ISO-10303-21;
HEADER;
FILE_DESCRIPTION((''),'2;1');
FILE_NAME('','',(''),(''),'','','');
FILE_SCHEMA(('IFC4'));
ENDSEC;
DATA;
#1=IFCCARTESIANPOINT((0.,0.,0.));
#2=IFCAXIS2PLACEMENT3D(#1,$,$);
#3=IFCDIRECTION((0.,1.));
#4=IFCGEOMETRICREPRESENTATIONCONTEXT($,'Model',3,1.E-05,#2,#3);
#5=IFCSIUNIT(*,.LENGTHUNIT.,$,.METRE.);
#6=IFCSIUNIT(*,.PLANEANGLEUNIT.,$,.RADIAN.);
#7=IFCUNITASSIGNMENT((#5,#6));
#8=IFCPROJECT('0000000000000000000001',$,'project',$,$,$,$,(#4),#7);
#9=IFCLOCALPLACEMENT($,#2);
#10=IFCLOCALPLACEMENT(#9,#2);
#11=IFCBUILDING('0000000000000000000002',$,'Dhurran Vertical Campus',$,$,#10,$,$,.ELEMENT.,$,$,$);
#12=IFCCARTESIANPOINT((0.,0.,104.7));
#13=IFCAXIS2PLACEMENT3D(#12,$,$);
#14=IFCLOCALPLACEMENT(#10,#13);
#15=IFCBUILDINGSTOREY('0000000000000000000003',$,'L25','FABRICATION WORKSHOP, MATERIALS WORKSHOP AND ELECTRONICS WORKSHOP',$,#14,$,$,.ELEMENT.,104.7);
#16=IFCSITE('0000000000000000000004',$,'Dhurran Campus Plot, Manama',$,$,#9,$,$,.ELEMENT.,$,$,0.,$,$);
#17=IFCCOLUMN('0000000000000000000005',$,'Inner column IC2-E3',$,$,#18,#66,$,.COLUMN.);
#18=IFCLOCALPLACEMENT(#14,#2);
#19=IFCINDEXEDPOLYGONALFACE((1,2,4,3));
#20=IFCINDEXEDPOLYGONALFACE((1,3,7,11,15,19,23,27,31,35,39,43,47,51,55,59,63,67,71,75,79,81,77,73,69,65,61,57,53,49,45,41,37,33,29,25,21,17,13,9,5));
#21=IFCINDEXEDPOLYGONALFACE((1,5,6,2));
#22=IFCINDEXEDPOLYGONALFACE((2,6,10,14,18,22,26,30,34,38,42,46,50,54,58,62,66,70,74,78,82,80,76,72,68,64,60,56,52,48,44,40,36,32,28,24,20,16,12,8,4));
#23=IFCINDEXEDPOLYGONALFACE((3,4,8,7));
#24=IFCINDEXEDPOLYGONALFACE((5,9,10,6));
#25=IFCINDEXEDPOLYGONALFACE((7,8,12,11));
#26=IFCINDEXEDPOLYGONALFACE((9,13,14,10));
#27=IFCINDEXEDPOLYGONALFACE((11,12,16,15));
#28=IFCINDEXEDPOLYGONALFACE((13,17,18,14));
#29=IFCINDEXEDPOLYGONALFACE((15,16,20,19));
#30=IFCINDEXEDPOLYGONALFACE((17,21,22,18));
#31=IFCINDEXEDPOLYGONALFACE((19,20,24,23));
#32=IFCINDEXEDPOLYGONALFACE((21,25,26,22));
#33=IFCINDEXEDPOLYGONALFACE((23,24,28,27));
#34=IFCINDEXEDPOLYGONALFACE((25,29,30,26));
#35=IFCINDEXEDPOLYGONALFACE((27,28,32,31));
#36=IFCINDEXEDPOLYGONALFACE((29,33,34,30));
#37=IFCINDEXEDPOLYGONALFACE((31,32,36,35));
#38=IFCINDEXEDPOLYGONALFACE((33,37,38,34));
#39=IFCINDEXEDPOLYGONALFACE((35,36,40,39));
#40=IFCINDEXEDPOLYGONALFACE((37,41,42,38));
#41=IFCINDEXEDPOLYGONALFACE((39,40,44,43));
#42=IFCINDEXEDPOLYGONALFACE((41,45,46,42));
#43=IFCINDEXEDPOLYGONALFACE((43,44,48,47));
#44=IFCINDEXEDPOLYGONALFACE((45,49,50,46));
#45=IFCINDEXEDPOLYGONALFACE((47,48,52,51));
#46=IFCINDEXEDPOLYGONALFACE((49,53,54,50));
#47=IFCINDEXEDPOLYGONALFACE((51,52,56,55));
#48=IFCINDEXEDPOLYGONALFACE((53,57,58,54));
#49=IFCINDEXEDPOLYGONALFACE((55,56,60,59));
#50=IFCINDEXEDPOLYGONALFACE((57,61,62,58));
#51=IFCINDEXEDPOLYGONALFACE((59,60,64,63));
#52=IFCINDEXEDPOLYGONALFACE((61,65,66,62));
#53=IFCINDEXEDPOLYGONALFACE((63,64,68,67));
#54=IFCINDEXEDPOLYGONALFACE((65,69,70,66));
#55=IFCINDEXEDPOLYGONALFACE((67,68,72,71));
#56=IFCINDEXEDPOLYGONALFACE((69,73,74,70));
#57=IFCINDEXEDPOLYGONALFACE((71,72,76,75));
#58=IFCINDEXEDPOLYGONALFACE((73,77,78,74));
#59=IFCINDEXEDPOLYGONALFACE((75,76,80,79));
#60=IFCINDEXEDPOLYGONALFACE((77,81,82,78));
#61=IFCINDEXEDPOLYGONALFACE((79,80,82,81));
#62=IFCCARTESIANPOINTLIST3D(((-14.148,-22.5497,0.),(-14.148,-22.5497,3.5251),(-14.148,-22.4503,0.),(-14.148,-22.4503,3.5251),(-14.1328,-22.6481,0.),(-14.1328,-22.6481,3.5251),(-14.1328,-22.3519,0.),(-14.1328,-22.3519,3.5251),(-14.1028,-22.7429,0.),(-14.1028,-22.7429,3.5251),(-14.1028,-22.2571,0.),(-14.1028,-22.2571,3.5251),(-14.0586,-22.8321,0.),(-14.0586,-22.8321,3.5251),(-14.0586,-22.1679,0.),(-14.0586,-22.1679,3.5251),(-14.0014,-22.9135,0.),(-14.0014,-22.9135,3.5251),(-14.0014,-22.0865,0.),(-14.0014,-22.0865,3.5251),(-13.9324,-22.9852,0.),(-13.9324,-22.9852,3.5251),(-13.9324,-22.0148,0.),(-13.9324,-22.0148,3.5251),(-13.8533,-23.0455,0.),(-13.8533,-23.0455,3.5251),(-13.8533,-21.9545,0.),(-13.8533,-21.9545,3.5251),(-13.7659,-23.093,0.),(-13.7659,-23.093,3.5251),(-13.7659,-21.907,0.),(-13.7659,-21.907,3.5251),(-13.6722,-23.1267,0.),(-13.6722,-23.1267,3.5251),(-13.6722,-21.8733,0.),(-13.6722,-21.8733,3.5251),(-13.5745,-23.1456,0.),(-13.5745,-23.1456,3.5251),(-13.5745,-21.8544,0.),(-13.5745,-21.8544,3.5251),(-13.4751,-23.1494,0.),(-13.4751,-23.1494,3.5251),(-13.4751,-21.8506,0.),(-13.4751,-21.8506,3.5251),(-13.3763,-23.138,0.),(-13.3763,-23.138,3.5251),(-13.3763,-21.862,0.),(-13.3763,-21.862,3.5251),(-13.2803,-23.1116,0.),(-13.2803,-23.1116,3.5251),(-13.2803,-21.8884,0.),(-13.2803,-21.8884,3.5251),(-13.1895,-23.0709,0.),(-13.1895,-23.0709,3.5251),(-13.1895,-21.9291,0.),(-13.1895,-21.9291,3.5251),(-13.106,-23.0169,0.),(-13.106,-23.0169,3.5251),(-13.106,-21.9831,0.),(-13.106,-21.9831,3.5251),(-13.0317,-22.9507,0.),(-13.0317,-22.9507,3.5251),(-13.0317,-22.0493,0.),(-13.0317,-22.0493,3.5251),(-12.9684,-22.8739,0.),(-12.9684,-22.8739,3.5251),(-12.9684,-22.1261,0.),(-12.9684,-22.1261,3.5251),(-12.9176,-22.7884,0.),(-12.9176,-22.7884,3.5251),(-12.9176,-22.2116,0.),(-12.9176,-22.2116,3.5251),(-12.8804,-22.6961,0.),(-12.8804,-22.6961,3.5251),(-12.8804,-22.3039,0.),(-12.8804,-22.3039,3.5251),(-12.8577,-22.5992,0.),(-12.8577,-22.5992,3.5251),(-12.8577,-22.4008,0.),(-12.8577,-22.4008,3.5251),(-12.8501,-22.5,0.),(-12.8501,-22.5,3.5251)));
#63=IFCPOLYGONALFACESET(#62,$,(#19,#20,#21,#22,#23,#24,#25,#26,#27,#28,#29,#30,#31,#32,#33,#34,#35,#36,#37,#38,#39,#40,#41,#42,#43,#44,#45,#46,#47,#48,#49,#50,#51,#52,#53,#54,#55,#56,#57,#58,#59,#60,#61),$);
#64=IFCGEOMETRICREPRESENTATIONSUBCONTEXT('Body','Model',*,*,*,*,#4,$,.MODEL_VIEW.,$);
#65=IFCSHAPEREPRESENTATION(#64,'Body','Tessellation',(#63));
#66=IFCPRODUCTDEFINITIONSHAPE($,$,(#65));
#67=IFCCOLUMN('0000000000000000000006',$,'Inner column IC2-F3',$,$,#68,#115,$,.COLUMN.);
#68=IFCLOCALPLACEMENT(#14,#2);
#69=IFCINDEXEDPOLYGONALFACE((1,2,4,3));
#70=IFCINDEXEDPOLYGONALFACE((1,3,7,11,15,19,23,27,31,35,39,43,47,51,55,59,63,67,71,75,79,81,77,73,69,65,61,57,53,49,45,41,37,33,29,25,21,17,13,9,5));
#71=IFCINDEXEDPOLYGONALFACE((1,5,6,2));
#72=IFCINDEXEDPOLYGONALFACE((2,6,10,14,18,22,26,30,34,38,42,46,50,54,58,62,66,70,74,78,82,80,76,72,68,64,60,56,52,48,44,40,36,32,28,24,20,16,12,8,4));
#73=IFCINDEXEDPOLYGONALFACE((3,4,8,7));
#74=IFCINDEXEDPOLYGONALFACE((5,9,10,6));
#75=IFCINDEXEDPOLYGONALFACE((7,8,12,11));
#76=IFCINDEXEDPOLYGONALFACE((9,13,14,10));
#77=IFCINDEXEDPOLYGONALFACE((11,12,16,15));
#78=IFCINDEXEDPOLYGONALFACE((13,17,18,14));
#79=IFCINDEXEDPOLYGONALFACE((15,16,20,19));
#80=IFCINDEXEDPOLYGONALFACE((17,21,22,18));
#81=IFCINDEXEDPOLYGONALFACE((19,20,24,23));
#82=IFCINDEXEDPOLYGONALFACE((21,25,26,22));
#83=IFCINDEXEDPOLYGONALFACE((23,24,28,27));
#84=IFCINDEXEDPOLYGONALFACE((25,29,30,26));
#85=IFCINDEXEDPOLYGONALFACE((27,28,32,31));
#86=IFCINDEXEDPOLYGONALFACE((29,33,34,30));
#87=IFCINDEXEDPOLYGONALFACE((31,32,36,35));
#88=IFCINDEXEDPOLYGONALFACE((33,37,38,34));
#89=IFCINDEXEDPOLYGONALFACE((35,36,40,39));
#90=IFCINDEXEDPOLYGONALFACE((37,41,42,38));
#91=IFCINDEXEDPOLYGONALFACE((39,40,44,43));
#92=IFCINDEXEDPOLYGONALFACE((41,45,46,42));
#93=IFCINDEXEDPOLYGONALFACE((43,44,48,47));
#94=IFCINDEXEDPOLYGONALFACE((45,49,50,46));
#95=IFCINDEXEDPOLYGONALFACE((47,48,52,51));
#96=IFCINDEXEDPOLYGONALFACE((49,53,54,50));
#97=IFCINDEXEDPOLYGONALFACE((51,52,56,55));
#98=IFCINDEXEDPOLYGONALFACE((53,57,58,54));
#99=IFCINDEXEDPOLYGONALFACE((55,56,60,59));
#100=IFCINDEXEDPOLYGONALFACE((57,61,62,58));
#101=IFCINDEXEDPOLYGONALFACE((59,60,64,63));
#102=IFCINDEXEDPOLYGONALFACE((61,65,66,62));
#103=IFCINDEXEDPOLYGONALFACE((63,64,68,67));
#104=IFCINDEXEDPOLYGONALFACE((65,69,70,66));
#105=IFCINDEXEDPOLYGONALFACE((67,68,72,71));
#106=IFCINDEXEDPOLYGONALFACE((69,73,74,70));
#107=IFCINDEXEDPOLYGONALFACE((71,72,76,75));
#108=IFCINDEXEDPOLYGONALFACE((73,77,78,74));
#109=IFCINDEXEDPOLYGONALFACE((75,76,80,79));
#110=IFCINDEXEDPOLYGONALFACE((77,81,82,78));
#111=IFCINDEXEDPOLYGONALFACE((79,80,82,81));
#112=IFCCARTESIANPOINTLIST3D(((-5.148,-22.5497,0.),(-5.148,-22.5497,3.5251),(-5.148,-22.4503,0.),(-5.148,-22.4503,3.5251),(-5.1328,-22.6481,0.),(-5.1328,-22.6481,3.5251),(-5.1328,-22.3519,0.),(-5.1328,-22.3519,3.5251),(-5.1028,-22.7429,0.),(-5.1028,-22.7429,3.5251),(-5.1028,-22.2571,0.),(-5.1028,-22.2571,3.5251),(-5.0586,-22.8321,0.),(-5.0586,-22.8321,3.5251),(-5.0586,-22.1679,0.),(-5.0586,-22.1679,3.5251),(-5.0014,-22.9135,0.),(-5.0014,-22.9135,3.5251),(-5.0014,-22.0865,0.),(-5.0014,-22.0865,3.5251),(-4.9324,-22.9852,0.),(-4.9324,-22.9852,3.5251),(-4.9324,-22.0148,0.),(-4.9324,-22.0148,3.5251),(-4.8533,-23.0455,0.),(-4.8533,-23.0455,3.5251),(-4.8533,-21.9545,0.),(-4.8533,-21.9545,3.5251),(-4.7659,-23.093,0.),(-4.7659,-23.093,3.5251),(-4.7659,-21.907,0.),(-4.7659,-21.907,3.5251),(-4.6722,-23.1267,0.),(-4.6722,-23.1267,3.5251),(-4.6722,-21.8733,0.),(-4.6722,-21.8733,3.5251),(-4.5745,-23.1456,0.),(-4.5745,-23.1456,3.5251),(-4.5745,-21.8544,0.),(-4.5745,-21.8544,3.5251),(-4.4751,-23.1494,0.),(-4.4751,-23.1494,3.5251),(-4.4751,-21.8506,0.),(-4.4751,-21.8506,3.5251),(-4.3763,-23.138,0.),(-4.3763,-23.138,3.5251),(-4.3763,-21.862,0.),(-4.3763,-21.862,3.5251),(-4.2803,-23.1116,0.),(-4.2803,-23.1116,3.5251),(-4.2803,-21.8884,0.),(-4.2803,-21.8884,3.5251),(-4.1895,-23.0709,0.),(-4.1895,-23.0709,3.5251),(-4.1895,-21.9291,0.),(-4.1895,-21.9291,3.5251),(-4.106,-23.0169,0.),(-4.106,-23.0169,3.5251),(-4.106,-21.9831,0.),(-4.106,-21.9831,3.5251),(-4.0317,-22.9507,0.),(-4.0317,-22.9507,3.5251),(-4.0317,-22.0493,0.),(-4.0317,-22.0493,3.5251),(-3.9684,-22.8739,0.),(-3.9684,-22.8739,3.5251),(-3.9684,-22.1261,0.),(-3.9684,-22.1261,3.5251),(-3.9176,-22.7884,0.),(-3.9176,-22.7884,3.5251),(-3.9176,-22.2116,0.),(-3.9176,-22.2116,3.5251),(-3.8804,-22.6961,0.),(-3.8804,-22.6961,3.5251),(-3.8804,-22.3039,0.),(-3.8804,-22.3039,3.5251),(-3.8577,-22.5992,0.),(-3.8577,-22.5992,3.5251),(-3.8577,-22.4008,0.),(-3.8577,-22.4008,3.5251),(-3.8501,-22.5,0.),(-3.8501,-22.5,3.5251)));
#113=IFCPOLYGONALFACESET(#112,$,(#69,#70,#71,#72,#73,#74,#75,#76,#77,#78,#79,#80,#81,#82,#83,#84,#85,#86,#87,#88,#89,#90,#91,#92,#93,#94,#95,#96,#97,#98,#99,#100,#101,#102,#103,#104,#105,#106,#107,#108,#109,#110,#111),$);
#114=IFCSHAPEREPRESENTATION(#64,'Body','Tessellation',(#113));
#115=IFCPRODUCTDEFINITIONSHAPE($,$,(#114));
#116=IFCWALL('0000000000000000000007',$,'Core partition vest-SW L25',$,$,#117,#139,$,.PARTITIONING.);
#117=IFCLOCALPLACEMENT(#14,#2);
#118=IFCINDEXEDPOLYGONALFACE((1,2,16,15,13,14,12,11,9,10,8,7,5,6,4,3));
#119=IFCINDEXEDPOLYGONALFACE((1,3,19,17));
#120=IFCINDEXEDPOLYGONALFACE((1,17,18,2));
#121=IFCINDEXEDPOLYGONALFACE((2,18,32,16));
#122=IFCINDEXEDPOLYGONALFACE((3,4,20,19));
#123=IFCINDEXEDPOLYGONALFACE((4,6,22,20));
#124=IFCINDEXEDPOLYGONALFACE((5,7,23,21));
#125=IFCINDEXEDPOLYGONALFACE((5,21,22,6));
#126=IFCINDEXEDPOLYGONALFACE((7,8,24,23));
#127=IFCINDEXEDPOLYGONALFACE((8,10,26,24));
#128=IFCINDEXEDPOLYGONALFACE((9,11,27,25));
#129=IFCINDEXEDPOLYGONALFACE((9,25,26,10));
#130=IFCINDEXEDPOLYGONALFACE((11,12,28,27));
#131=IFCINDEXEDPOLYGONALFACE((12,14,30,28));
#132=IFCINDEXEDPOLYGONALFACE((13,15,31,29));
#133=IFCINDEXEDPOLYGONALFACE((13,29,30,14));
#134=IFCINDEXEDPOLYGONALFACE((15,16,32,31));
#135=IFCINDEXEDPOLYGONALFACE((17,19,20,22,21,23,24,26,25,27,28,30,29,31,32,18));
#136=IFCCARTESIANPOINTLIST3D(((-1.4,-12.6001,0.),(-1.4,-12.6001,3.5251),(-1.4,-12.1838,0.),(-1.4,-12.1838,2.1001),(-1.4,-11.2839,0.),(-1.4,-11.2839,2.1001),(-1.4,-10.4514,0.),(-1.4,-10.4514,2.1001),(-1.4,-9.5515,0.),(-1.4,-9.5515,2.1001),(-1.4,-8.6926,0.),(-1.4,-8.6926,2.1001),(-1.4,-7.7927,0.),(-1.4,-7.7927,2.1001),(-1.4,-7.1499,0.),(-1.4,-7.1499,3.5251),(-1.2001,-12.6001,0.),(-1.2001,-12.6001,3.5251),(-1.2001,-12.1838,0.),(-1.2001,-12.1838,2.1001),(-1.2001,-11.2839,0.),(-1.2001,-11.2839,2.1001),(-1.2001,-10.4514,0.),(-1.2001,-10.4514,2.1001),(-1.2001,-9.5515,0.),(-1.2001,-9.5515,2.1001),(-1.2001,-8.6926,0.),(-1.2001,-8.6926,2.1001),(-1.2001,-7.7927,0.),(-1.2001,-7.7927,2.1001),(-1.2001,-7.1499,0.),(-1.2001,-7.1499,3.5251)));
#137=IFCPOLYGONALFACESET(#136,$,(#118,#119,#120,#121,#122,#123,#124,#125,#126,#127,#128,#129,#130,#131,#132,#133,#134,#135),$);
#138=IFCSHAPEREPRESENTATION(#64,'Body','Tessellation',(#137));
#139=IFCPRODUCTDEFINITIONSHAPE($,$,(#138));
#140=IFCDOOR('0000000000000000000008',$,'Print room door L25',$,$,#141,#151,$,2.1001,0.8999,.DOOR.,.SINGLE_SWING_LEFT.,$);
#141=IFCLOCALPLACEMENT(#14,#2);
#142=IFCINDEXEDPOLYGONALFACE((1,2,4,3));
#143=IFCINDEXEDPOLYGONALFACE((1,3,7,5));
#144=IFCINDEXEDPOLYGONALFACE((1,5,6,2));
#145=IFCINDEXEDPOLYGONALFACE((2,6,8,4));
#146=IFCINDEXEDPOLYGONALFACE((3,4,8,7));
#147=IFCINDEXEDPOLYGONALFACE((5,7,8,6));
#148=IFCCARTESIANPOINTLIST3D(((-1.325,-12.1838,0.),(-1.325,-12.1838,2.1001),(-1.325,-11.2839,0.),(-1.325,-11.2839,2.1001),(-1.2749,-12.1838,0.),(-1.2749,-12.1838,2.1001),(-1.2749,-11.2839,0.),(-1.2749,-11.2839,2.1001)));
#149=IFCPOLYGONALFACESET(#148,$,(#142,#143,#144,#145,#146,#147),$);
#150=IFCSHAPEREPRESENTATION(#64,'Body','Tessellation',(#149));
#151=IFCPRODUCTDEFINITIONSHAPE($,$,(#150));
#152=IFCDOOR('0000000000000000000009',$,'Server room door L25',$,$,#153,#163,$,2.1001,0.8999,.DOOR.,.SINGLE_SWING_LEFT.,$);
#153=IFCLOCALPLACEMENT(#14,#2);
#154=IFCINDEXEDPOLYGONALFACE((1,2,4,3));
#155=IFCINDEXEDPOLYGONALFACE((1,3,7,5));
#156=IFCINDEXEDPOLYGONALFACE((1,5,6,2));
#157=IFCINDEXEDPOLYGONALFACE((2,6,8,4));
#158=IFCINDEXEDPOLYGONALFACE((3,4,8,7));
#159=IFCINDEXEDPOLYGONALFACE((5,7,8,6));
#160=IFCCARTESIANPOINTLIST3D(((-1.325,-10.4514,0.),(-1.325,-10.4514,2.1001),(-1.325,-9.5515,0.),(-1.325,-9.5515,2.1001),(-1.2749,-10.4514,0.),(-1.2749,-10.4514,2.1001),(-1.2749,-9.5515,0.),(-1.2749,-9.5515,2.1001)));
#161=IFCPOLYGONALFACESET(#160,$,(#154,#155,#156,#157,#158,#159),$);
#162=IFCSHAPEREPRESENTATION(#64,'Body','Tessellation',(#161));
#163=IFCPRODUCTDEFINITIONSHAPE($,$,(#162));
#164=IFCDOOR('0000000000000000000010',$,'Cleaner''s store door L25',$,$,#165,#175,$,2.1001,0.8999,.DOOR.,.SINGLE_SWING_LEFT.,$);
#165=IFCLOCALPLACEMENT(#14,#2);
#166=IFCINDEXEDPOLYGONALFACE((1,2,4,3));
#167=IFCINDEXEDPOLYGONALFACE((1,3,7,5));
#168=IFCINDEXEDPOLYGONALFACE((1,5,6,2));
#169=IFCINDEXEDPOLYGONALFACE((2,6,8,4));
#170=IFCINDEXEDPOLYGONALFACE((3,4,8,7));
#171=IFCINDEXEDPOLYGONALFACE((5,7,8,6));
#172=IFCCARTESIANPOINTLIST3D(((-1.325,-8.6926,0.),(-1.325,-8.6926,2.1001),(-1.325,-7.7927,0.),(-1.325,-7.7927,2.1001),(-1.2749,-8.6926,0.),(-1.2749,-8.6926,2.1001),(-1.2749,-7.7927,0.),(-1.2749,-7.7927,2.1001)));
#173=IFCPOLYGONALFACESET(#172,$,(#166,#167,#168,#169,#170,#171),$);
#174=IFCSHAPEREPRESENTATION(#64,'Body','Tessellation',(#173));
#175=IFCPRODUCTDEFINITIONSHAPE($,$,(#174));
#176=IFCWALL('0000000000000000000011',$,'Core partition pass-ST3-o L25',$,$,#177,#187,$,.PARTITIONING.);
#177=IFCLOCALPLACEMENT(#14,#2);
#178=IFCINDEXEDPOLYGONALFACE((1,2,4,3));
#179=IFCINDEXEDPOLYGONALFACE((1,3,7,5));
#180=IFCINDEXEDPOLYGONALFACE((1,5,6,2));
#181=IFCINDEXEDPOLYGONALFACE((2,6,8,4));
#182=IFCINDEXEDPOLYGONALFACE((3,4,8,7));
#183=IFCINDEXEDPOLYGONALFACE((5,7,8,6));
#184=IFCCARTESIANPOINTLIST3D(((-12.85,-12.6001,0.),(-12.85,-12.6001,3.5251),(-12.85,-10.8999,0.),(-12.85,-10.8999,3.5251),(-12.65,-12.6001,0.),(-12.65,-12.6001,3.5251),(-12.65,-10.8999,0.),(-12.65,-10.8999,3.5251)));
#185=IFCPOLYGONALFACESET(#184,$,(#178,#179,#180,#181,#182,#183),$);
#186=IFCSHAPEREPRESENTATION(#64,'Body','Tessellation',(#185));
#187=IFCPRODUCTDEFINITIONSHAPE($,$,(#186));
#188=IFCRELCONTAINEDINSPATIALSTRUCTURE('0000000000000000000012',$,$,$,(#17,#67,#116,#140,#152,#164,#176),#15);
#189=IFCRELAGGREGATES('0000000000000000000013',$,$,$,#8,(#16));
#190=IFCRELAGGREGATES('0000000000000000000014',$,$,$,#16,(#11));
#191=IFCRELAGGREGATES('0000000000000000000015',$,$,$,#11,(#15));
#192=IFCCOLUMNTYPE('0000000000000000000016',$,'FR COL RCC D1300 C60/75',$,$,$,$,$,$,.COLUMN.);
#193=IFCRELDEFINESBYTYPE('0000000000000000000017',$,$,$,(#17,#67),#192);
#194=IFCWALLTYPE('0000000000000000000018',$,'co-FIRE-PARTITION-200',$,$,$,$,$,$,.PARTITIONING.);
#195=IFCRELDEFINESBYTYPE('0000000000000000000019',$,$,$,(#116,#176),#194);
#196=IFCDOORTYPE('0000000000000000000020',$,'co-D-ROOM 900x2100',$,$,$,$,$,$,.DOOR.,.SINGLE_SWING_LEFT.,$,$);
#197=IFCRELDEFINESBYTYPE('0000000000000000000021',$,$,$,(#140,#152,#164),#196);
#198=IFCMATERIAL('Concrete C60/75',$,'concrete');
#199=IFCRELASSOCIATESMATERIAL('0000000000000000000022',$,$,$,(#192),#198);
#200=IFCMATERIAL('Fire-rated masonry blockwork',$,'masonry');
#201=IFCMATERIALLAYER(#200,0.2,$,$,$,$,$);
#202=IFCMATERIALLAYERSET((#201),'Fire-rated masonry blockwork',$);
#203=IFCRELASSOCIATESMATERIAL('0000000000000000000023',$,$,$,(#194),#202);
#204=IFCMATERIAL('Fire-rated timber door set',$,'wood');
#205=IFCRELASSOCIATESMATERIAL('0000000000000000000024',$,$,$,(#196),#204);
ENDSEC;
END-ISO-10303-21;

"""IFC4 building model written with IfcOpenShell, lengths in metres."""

from ifc_helpers import new_model, si_unit, direction, frame, frame_2d, origin, origin_2d, place, context, subcontext, project, spatial, rectangle, circle, extrude, material, layer, layer_set, material_profile, profile_set, type_object, element, fill, save


model = new_model("IFC4")

# Units and contexts
model_context = context("Model", 3, precision=1e-05, world=origin(), true_north=direction((0.0, 1.0)))
body_context = subcontext(model_context, "Body", "Model", "MODEL_VIEW")
ifc_project = project(units=[si_unit("LENGTHUNIT", "METRE"), si_unit("PLANEANGLEUNIT", "RADIAN")], contexts=[model_context])

# Site, building, storey
site_placement = place(None, origin())
site = spatial("IfcSite", under=ifc_project, at=site_placement, Name="Dhurran Campus Plot, Manama", CompositionType="ELEMENT", RefElevation=0.0)
building_placement = place(site_placement, origin())
building = spatial("IfcBuilding", under=site, at=building_placement, Name="Dhurran Vertical Campus", CompositionType="ELEMENT")
storey_placement = place(building_placement, frame((0.0, 0.0, 104.7)))
storey = spatial("IfcBuildingStorey", under=building, at=storey_placement, Name="L25", Description="FABRICATION WORKSHOP, MATERIALS WORKSHOP AND ELECTRONICS WORKSHOP", CompositionType="ELEMENT", Elevation=104.7)

# Columns
ifc_material_1 = material(Name="Concrete C60/75", Category="concrete")
ifc_material_profile = material_profile(ifc_material_1, circle(Radius=0.6499, at=origin_2d()), Name="RCC D1300")
ifc_profile_set = profile_set([ifc_material_profile], Name="Concrete C60/75")
column_type = type_object("IfcColumnType", Name="FR COL RCC D1300 C60/75", PredefinedType="COLUMN", material=ifc_profile_set)
for number, where, z_axis, x_axis, name in (
    (1, (-13.5, -22.5, 0.0), (0.0, 0.0, 1.0), (1.0, 0.0, 0.0), "Inner column IC2-E3"),
    (2, (-4.5, -22.5, 0.0), (0.0, 0.0, 1.0), (1.0, 0.0, 0.0), "Inner column IC2-F3"),
):
    element("IfcColumn", number, at=place(storey_placement, frame(where, z_axis=z_axis, x_axis=x_axis)), inside=storey, type_object=column_type, Name=name, PredefinedType="COLUMN", context=body_context, shape_type="SweptSolid", body=[
        extrude(circle(Radius=0.6499, at=origin_2d()), origin(), (0.0, 0.0, 1.0), 3.5251),
    ])

# Wall, openings, doors
ifc_material_2 = material(Name="Fire-rated masonry blockwork", Category="masonry")
ifc_layer_1 = layer(ifc_material_2, 0.2)
ifc_layer_set_1 = layer_set([ifc_layer_1], Name="Fire-rated masonry blockwork")
wall_type_1 = type_object("IfcWallType", Name="co-FIRE-PARTITION-200", PredefinedType="PARTITIONING", material=ifc_layer_set_1)
wall_1_placement = place(storey_placement, frame((-1.3, -12.6001, 0.0), z_axis=(0.0, 0.0, 1.0), x_axis=(0.0, 1.0, 0.0)))
wall_1 = element("IfcWall", 3, at=wall_1_placement, inside=storey, type_object=wall_type_1, Name="Core partition vest-SW L25", PredefinedType="PARTITIONING", context=body_context, shape_type="SweptSolid", body=[
    extrude(rectangle(XDim=5.4502, YDim=0.2, at=frame_2d((2.7251, 0.0))), origin(), (0.0, 0.0, 1.0), 3.5251),
])
opening_1_placement = place(wall_1_placement, frame((0.4163, 0.0, 0.0)))
opening_1 = element("IfcOpeningElement", 4, at=opening_1_placement, cuts=wall_1, PredefinedType="OPENING", context=body_context, shape_type="SweptSolid", body=[
    extrude(rectangle(XDim=0.8999, YDim=2.1001, at=frame_2d((0.45, 1.05))), frame((0.0, 0.1099, 0.0), z_axis=(0.0, -1.0, 0.0), x_axis=(1.0, 0.0, 0.0)), (0.0, 0.0, 1.0), 0.22),
])
opening_2_placement = place(wall_1_placement, frame((2.1487, 0.0, 0.0)))
opening_2 = element("IfcOpeningElement", 5, at=opening_2_placement, cuts=wall_1, PredefinedType="OPENING", context=body_context, shape_type="SweptSolid", body=[
    extrude(rectangle(XDim=0.8999, YDim=2.1001, at=frame_2d((0.45, 1.05))), frame((0.0, 0.1099, 0.0), z_axis=(0.0, -1.0, 0.0), x_axis=(1.0, 0.0, 0.0)), (0.0, 0.0, 1.0), 0.22),
])
opening_3_placement = place(wall_1_placement, frame((3.9075, 0.0, 0.0)))
opening_3 = element("IfcOpeningElement", 6, at=opening_3_placement, cuts=wall_1, PredefinedType="OPENING", context=body_context, shape_type="SweptSolid", body=[
    extrude(rectangle(XDim=0.8999, YDim=2.1001, at=frame_2d((0.45, 1.05))), frame((0.0, 0.1099, 0.0), z_axis=(0.0, -1.0, 0.0), x_axis=(1.0, 0.0, 0.0)), (0.0, 0.0, 1.0), 0.22),
])
ifc_material_3 = material(Name="Fire-rated timber door set", Category="wood")
door_type_1 = type_object("IfcDoorType", Name="co-D-ROOM 900x2100", OperationType="SINGLE_SWING_LEFT", PredefinedType="DOOR", material=ifc_material_3)
door_1_placement = place(opening_1_placement, origin())
door_1 = element("IfcDoor", 7, at=door_1_placement, inside=storey, type_object=door_type_1, Name="Print room door L25", OperationType="SINGLE_SWING_LEFT", OverallHeight=2.1001, OverallWidth=0.8999, PredefinedType="DOOR", context=body_context, shape_type="SweptSolid", body=[
    extrude(rectangle(XDim=0.8999, YDim=2.1001, at=frame_2d((0.45, 1.05))), frame((0.0, 0.0249, 0.0), z_axis=(0.0, -1.0, 0.0), x_axis=(1.0, 0.0, 0.0)), (0.0, 0.0, 1.0), 0.05),
])
fill(opening_1, door_1)
door_2_placement = place(opening_2_placement, origin())
door_2 = element("IfcDoor", 8, at=door_2_placement, inside=storey, type_object=door_type_1, Name="Server room door L25", OperationType="SINGLE_SWING_LEFT", OverallHeight=2.1001, OverallWidth=0.8999, PredefinedType="DOOR", context=body_context, shape_type="SweptSolid", body=[
    extrude(rectangle(XDim=0.8999, YDim=2.1001, at=frame_2d((0.45, 1.05))), frame((0.0, 0.0249, 0.0), z_axis=(0.0, -1.0, 0.0), x_axis=(1.0, 0.0, 0.0)), (0.0, 0.0, 1.0), 0.05),
])
fill(opening_2, door_2)
door_3_placement = place(opening_3_placement, origin())
door_3 = element("IfcDoor", 9, at=door_3_placement, inside=storey, type_object=door_type_1, Name="Cleaner's store door L25", OperationType="SINGLE_SWING_LEFT", OverallHeight=2.1001, OverallWidth=0.8999, PredefinedType="DOOR", context=body_context, shape_type="SweptSolid", body=[
    extrude(rectangle(XDim=0.8999, YDim=2.1001, at=frame_2d((0.45, 1.05))), frame((0.0, 0.0249, 0.0), z_axis=(0.0, -1.0, 0.0), x_axis=(1.0, 0.0, 0.0)), (0.0, 0.0, 1.0), 0.05),
])
fill(opening_3, door_3)

# Wall
wall_2_placement = place(storey_placement, frame((-12.75, -12.6001, 0.0), z_axis=(0.0, 0.0, 1.0), x_axis=(0.0, 1.0, 0.0)))
element("IfcWall", 10, at=wall_2_placement, inside=storey, type_object=wall_type_1, Name="Core partition pass-ST3-o L25", PredefinedType="PARTITIONING", context=body_context, shape_type="SweptSolid", body=[
    extrude(rectangle(XDim=1.7002, YDim=0.2, at=frame_2d((0.8501, 0.0))), origin(), (0.0, 0.0, 1.0), 3.5251),
])

save(model, "model.ifc")
